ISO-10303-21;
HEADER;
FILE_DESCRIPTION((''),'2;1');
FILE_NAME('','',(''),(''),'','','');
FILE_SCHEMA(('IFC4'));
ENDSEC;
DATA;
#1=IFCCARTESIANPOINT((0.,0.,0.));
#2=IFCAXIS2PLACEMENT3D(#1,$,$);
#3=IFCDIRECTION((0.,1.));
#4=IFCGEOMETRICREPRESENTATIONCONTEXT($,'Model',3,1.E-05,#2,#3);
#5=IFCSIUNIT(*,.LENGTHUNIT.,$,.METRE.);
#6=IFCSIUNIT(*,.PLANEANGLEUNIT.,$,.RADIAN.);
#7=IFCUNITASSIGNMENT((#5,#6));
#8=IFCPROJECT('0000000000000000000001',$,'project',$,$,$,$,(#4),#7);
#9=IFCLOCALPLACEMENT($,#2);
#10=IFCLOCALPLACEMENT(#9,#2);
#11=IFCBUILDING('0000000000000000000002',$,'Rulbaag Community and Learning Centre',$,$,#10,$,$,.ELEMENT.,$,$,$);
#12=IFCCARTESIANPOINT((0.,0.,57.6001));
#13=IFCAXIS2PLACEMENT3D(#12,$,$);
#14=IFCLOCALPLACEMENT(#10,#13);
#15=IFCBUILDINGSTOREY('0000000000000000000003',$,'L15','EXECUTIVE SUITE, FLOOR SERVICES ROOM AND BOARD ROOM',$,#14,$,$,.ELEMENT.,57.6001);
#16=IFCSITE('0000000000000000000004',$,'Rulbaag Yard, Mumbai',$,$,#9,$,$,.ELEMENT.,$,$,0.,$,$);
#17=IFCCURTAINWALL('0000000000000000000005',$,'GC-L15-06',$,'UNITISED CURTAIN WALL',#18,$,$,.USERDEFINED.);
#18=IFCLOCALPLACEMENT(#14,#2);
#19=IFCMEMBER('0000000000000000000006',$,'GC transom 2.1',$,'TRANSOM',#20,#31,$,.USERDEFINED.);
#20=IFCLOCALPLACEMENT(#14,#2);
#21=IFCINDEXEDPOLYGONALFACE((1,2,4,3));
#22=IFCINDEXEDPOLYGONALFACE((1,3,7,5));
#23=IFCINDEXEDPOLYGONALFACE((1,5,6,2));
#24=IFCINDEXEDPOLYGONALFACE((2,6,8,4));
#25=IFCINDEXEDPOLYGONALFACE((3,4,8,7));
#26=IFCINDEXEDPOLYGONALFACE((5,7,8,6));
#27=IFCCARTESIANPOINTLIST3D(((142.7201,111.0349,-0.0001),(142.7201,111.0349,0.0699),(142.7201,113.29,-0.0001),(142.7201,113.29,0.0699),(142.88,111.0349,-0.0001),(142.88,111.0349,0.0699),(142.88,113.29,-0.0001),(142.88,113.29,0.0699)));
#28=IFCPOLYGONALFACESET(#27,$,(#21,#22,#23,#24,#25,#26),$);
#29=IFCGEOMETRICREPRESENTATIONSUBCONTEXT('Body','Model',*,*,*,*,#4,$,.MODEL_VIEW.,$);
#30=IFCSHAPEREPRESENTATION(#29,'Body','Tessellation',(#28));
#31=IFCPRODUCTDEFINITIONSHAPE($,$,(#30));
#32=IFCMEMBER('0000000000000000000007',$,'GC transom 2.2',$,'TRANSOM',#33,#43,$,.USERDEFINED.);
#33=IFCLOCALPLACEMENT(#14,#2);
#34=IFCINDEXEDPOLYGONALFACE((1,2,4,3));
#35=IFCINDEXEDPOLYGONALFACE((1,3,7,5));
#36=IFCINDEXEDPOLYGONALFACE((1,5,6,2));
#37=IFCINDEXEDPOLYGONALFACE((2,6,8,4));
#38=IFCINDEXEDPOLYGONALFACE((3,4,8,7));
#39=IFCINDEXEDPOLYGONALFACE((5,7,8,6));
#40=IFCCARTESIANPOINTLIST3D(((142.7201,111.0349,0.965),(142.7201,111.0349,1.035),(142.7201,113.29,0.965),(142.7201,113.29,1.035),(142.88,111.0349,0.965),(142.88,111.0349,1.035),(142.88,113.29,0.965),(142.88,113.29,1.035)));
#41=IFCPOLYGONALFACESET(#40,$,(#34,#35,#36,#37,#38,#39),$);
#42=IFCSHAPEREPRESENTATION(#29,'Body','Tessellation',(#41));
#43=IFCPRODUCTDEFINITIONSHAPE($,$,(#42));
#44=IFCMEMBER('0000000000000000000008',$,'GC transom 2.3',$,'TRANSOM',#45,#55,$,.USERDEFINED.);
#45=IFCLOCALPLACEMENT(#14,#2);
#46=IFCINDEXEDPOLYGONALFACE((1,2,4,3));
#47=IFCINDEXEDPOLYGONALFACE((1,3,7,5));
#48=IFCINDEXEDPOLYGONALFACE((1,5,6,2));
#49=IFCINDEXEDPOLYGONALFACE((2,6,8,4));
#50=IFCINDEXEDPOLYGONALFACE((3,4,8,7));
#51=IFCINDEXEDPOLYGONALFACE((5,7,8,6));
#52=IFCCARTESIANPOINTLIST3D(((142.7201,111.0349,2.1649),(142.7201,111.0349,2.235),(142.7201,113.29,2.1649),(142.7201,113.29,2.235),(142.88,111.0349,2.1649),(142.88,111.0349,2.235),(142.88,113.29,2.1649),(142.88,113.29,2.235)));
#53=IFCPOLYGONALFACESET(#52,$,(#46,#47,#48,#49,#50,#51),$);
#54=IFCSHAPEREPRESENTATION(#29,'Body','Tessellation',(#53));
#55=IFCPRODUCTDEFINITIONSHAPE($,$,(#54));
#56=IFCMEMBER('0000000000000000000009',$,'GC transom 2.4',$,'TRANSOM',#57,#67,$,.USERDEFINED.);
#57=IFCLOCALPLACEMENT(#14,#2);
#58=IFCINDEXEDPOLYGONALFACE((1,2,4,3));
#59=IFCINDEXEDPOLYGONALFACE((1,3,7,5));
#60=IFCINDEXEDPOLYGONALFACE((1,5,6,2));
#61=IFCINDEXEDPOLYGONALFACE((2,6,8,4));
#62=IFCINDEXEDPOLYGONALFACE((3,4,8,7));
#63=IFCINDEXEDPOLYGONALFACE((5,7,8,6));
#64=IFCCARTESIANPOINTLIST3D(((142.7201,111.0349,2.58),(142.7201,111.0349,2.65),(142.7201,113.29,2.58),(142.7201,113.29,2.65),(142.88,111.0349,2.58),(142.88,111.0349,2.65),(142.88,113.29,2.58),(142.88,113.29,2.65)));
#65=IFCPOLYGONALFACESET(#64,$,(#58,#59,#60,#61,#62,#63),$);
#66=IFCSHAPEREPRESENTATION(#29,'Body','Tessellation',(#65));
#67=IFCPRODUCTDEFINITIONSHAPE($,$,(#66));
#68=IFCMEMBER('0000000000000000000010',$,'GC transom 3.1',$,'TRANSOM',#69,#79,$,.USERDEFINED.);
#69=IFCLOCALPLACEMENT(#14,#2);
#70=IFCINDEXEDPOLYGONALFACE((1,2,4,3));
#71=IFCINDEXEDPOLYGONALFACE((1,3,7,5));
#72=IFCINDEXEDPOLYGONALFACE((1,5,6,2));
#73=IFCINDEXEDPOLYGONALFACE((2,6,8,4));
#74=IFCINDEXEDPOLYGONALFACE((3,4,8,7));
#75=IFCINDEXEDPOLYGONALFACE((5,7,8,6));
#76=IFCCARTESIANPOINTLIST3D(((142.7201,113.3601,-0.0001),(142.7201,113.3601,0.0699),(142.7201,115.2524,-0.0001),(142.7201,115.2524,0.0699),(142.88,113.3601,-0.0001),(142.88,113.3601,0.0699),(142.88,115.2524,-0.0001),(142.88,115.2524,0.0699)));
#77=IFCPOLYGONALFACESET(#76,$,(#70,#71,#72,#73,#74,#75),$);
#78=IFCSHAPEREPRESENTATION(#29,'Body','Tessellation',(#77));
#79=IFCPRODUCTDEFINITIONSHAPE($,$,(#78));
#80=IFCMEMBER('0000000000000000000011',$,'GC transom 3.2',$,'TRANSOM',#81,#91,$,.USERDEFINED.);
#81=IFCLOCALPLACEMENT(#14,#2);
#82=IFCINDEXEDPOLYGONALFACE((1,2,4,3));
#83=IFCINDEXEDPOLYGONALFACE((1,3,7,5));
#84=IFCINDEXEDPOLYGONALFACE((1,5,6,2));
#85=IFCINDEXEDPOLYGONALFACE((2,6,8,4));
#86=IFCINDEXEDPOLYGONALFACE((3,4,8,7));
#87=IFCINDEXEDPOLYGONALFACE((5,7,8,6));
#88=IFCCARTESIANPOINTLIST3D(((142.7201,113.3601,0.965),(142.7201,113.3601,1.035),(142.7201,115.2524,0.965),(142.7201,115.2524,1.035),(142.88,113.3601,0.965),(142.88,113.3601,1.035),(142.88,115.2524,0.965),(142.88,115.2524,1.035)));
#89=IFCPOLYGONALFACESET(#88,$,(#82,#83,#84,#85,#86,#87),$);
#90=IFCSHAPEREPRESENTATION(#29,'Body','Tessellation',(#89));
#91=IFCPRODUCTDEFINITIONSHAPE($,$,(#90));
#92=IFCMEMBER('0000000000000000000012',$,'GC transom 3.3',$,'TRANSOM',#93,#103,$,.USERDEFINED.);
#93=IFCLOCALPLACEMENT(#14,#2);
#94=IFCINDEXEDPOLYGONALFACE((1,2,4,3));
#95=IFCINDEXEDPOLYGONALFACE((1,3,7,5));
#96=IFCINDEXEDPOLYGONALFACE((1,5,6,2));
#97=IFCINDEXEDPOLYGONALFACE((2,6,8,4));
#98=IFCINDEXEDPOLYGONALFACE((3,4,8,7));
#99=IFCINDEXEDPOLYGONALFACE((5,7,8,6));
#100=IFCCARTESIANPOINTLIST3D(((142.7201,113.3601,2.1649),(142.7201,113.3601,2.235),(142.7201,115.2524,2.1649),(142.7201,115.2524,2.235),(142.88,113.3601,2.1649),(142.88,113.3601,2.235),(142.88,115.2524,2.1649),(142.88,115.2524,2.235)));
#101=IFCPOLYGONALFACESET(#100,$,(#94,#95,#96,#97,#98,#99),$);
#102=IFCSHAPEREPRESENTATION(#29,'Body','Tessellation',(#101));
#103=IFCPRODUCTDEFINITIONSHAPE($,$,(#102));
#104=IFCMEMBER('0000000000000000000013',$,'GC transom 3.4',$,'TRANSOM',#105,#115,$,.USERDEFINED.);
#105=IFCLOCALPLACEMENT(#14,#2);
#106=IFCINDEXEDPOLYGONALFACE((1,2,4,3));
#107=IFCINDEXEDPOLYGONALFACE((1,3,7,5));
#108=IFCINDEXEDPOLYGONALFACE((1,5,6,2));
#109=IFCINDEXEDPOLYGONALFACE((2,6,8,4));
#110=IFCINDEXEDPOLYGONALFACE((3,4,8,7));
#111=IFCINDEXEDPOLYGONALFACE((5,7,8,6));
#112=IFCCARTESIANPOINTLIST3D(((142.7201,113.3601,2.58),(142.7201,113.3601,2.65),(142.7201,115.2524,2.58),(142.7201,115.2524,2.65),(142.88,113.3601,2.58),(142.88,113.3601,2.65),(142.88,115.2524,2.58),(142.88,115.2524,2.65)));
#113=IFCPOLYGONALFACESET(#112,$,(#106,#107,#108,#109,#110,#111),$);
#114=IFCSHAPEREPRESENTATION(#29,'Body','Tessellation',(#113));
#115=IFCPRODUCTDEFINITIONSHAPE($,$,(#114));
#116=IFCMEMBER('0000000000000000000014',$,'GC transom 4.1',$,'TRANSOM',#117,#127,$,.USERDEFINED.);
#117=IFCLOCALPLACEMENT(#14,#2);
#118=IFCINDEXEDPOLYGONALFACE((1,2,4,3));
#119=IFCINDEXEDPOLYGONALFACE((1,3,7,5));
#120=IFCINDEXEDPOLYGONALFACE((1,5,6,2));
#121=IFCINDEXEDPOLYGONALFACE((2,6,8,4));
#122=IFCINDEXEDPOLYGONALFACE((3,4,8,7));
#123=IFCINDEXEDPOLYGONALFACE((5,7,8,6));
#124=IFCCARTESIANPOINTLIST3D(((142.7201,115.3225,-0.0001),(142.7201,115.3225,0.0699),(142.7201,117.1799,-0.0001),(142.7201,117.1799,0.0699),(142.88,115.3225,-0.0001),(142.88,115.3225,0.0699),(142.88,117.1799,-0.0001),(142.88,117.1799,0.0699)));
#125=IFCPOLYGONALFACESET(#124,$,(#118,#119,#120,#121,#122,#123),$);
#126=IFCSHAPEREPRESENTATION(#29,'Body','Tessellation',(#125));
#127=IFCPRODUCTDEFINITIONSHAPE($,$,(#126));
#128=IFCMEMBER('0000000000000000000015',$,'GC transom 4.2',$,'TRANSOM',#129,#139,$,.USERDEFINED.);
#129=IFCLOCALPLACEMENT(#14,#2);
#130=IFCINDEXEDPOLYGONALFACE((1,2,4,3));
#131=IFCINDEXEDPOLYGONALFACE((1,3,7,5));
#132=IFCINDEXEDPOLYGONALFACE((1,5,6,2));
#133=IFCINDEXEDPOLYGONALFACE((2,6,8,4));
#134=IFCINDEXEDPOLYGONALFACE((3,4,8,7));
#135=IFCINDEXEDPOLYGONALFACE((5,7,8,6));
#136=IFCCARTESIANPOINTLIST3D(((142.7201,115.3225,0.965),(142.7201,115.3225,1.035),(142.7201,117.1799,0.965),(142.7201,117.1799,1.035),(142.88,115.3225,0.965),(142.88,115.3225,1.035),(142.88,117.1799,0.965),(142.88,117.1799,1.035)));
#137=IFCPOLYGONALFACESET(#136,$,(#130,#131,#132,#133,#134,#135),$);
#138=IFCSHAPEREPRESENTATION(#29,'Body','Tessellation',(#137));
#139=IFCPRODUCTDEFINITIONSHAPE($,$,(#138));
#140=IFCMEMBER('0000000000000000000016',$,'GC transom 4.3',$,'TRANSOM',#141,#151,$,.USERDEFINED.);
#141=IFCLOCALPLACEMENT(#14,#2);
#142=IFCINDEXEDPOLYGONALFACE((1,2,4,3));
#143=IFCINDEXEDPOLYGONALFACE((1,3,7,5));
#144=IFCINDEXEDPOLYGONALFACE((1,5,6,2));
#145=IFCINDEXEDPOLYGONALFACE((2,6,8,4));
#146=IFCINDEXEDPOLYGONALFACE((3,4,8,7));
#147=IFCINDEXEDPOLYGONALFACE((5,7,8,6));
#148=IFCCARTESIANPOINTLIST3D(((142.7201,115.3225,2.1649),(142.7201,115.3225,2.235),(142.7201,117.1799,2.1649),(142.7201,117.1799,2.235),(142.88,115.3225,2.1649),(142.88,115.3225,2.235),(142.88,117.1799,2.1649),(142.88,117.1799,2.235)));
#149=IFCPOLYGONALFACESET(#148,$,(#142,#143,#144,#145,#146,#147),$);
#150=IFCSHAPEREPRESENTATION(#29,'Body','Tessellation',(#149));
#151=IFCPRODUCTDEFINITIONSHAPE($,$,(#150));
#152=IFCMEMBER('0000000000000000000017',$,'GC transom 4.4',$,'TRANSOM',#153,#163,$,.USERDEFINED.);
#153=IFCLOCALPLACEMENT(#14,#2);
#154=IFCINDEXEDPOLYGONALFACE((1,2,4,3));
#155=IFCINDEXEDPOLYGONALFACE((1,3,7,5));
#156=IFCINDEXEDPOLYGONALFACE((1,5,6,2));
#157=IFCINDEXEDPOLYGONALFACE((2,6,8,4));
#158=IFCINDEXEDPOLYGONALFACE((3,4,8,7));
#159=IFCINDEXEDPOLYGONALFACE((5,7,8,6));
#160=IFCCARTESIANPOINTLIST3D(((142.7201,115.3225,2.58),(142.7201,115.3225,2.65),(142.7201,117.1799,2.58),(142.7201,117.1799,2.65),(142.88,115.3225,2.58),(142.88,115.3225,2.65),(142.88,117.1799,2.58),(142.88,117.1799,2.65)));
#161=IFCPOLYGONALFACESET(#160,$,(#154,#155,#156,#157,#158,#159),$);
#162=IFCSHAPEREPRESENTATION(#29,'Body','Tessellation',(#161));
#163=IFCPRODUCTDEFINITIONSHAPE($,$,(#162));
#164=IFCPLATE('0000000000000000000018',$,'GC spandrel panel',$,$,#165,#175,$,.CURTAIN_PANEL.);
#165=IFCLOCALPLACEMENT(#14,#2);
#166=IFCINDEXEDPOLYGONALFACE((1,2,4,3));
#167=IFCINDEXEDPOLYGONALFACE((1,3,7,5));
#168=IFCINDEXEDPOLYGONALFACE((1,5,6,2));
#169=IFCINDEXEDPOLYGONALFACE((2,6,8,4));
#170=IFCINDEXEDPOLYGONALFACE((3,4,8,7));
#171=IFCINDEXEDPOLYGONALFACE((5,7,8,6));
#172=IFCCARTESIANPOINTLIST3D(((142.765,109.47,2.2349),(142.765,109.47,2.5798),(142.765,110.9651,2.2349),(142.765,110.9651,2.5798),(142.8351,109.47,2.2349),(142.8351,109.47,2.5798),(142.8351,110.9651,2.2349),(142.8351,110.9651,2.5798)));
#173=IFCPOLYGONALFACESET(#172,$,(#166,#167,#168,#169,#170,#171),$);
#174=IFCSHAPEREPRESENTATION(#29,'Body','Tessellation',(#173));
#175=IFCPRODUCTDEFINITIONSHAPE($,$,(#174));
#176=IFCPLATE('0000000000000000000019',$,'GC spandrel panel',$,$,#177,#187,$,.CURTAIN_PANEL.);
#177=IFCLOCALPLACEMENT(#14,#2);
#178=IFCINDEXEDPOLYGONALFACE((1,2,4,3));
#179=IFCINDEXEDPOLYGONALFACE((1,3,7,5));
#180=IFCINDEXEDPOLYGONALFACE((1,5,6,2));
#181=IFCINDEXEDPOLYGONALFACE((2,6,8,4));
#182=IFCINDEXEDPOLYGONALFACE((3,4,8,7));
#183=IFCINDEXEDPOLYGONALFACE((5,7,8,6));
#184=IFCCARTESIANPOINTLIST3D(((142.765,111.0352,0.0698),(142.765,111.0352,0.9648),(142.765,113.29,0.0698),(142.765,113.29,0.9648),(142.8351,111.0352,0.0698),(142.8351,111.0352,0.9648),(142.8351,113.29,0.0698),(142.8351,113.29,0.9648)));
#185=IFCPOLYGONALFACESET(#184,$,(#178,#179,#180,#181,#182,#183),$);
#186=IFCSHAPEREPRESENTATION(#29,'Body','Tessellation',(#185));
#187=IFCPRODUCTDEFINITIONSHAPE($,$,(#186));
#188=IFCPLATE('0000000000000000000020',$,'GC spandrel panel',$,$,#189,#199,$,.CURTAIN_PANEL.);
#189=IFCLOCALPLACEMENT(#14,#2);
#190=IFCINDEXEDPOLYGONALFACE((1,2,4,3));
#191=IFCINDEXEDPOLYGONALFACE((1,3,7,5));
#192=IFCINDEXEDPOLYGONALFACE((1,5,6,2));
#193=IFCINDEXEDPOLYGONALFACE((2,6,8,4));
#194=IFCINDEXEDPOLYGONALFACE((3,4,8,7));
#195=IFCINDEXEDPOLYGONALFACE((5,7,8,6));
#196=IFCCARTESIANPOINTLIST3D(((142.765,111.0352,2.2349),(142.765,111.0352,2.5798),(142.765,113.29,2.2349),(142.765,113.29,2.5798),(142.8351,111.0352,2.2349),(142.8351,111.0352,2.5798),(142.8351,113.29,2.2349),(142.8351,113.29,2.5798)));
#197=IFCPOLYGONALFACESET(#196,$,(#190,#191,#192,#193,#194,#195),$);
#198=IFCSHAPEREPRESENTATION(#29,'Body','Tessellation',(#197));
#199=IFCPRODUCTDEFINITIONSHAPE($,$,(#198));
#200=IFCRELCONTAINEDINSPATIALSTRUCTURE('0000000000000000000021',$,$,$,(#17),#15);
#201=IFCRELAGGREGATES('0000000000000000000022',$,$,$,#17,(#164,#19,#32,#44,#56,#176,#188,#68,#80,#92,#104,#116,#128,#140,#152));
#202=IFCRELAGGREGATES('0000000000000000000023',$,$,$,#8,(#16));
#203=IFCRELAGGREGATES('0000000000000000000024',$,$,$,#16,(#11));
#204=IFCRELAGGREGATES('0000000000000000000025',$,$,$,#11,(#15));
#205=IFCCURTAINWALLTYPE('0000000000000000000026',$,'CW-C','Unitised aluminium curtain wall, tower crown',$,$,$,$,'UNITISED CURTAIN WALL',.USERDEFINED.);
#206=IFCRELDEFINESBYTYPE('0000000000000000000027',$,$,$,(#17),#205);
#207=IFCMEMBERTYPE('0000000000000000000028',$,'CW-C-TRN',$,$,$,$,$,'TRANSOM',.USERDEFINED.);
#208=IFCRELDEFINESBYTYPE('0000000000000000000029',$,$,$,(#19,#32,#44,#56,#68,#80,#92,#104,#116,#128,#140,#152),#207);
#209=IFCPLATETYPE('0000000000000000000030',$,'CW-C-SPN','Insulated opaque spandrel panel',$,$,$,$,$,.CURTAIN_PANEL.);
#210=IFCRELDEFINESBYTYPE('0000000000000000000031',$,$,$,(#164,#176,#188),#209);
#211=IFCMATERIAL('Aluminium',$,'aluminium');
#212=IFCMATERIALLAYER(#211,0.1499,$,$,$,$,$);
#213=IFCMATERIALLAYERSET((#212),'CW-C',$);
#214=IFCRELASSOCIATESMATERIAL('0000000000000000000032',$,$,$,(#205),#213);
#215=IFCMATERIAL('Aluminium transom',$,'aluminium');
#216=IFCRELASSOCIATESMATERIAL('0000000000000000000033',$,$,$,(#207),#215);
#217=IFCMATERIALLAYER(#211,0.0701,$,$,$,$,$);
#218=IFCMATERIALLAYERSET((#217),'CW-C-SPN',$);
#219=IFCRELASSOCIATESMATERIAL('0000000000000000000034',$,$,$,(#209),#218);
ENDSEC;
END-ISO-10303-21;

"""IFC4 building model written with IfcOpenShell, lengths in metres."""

from ifc_helpers import new_model, si_unit, direction, frame, origin, origin_2d, place, context, subcontext, project, spatial, rectangle, extrude, material, layer, layer_set, material_profile, profile_set, type_object, element, aggregate, save


model = new_model("IFC4")

# Units and contexts
model_context = context("Model", 3, precision=1e-05, world=origin(), true_north=direction((0.0, 1.0)))
body_context = subcontext(model_context, "Body", "Model", "MODEL_VIEW")
ifc_project = project(units=[si_unit("LENGTHUNIT", "METRE"), si_unit("PLANEANGLEUNIT", "RADIAN")], contexts=[model_context])

# Site, building, storey
site_placement = place(None, origin())
site = spatial("IfcSite", under=ifc_project, at=site_placement, Name="Rulbaag Yard, Mumbai", CompositionType="ELEMENT", RefElevation=0.0)
building_placement = place(site_placement, origin())
building = spatial("IfcBuilding", under=site, at=building_placement, Name="Rulbaag Community and Learning Centre", CompositionType="ELEMENT")
storey_placement = place(building_placement, frame((0.0, 0.0, 57.6001)))
storey = spatial("IfcBuildingStorey", under=building, at=storey_placement, Name="L15", Description="EXECUTIVE SUITE, FLOOR SERVICES ROOM AND BOARD ROOM", CompositionType="ELEMENT", Elevation=57.6001)

# Curtain wall, members, plates
ifc_material_1 = material(Name="Aluminium", Category="aluminium")
ifc_layer_1 = layer(ifc_material_1, 0.1499)
ifc_layer_set_1 = layer_set([ifc_layer_1], Name="CW-C")
curtain_wall_type = type_object("IfcCurtainWallType", Name="CW-C", Description="Unitised aluminium curtain wall, tower crown", ElementType="UNITISED CURTAIN WALL", PredefinedType="USERDEFINED", material=ifc_layer_set_1)
curtain_wall_placement = place(storey_placement, origin())
curtain_wall = element("IfcCurtainWall", 1, at=curtain_wall_placement, inside=storey, type_object=curtain_wall_type, Name="GC-L15-06", ObjectType="UNITISED CURTAIN WALL", PredefinedType="USERDEFINED")
ifc_material_2 = material(Name="Aluminium transom", Category="aluminium")
ifc_material_profile = material_profile(ifc_material_2, rectangle(XDim=0.1599, YDim=0.0701, at=origin_2d()), Name="AL 70x160 T")
ifc_profile_set = profile_set([ifc_material_profile], Name="Aluminium transom")
member_type = type_object("IfcMemberType", Name="CW-C-TRN", ElementType="TRANSOM", PredefinedType="USERDEFINED", material=ifc_profile_set)
member_1_placement = place(storey_placement, frame((142.8, 111.0349, 0.0349), z_axis=(0.0, 1.0, 0.0), x_axis=(-1.0, 0.0, 0.0)))
member_1 = element("IfcMember", 2, at=member_1_placement, type_object=member_type, Name="GC transom 2.1", ObjectType="TRANSOM", PredefinedType="USERDEFINED", context=body_context, shape_type="SweptSolid", body=[
    extrude(rectangle(XDim=0.1599, YDim=0.0701, at=origin_2d()), origin(), (0.0, 0.0, 1.0), 2.2551),
])
member_2_placement = place(storey_placement, frame((142.8, 111.0349, 1.0), z_axis=(0.0, 1.0, 0.0), x_axis=(-1.0, 0.0, 0.0)))
member_2 = element("IfcMember", 3, at=member_2_placement, type_object=member_type, Name="GC transom 2.2", ObjectType="TRANSOM", PredefinedType="USERDEFINED", context=body_context, shape_type="SweptSolid", body=[
    extrude(rectangle(XDim=0.1599, YDim=0.0701, at=origin_2d()), origin(), (0.0, 0.0, 1.0), 2.2551),
])
member_3_placement = place(storey_placement, frame((142.8, 111.0349, 2.2), z_axis=(0.0, 1.0, 0.0), x_axis=(-1.0, 0.0, 0.0)))
member_3 = element("IfcMember", 4, at=member_3_placement, type_object=member_type, Name="GC transom 2.3", ObjectType="TRANSOM", PredefinedType="USERDEFINED", context=body_context, shape_type="SweptSolid", body=[
    extrude(rectangle(XDim=0.1599, YDim=0.0701, at=origin_2d()), origin(), (0.0, 0.0, 1.0), 2.2551),
])
member_4_placement = place(storey_placement, frame((142.8, 111.0349, 2.615), z_axis=(0.0, 1.0, 0.0), x_axis=(-1.0, 0.0, 0.0)))
member_4 = element("IfcMember", 5, at=member_4_placement, type_object=member_type, Name="GC transom 2.4", ObjectType="TRANSOM", PredefinedType="USERDEFINED", context=body_context, shape_type="SweptSolid", body=[
    extrude(rectangle(XDim=0.1599, YDim=0.0701, at=origin_2d()), origin(), (0.0, 0.0, 1.0), 2.2551),
])
member_5_placement = place(storey_placement, frame((142.8, 113.3601, 0.0349), z_axis=(0.0, 1.0, 0.0), x_axis=(-1.0, 0.0, 0.0)))
member_5 = element("IfcMember", 6, at=member_5_placement, type_object=member_type, Name="GC transom 3.1", ObjectType="TRANSOM", PredefinedType="USERDEFINED", context=body_context, shape_type="SweptSolid", body=[
    extrude(rectangle(XDim=0.1599, YDim=0.0701, at=origin_2d()), origin(), (0.0, 0.0, 1.0), 1.8923),
])
member_6_placement = place(storey_placement, frame((142.8, 113.3601, 1.0), z_axis=(0.0, 1.0, 0.0), x_axis=(-1.0, 0.0, 0.0)))
member_6 = element("IfcMember", 7, at=member_6_placement, type_object=member_type, Name="GC transom 3.2", ObjectType="TRANSOM", PredefinedType="USERDEFINED", context=body_context, shape_type="SweptSolid", body=[
    extrude(rectangle(XDim=0.1599, YDim=0.0701, at=origin_2d()), origin(), (0.0, 0.0, 1.0), 1.8923),
])
member_7_placement = place(storey_placement, frame((142.8, 113.3601, 2.2), z_axis=(0.0, 1.0, 0.0), x_axis=(-1.0, 0.0, 0.0)))
member_7 = element("IfcMember", 8, at=member_7_placement, type_object=member_type, Name="GC transom 3.3", ObjectType="TRANSOM", PredefinedType="USERDEFINED", context=body_context, shape_type="SweptSolid", body=[
    extrude(rectangle(XDim=0.1599, YDim=0.0701, at=origin_2d()), origin(), (0.0, 0.0, 1.0), 1.8923),
])
member_8_placement = place(storey_placement, frame((142.8, 113.3601, 2.615), z_axis=(0.0, 1.0, 0.0), x_axis=(-1.0, 0.0, 0.0)))
member_8 = element("IfcMember", 9, at=member_8_placement, type_object=member_type, Name="GC transom 3.4", ObjectType="TRANSOM", PredefinedType="USERDEFINED", context=body_context, shape_type="SweptSolid", body=[
    extrude(rectangle(XDim=0.1599, YDim=0.0701, at=origin_2d()), origin(), (0.0, 0.0, 1.0), 1.8923),
])
member_9_placement = place(storey_placement, frame((142.8, 115.3225, 0.0349), z_axis=(0.0, 1.0, 0.0), x_axis=(-1.0, 0.0, 0.0)))
member_9 = element("IfcMember", 10, at=member_9_placement, type_object=member_type, Name="GC transom 4.1", ObjectType="TRANSOM", PredefinedType="USERDEFINED", context=body_context, shape_type="SweptSolid", body=[
    extrude(rectangle(XDim=0.1599, YDim=0.0701, at=origin_2d()), origin(), (0.0, 0.0, 1.0), 1.8574),
])
member_10_placement = place(storey_placement, frame((142.8, 115.3225, 1.0), z_axis=(0.0, 1.0, 0.0), x_axis=(-1.0, 0.0, 0.0)))
member_10 = element("IfcMember", 11, at=member_10_placement, type_object=member_type, Name="GC transom 4.2", ObjectType="TRANSOM", PredefinedType="USERDEFINED", context=body_context, shape_type="SweptSolid", body=[
    extrude(rectangle(XDim=0.1599, YDim=0.0701, at=origin_2d()), origin(), (0.0, 0.0, 1.0), 1.8574),
])
member_11_placement = place(storey_placement, frame((142.8, 115.3225, 2.2), z_axis=(0.0, 1.0, 0.0), x_axis=(-1.0, 0.0, 0.0)))
member_11 = element("IfcMember", 12, at=member_11_placement, type_object=member_type, Name="GC transom 4.3", ObjectType="TRANSOM", PredefinedType="USERDEFINED", context=body_context, shape_type="SweptSolid", body=[
    extrude(rectangle(XDim=0.1599, YDim=0.0701, at=origin_2d()), origin(), (0.0, 0.0, 1.0), 1.8574),
])
member_12_placement = place(storey_placement, frame((142.8, 115.3225, 2.615), z_axis=(0.0, 1.0, 0.0), x_axis=(-1.0, 0.0, 0.0)))
member_12 = element("IfcMember", 13, at=member_12_placement, type_object=member_type, Name="GC transom 4.4", ObjectType="TRANSOM", PredefinedType="USERDEFINED", context=body_context, shape_type="SweptSolid", body=[
    extrude(rectangle(XDim=0.1599, YDim=0.0701, at=origin_2d()), origin(), (0.0, 0.0, 1.0), 1.8574),
])
ifc_layer_2 = layer(ifc_material_1, 0.0701)
ifc_layer_set_2 = layer_set([ifc_layer_2], Name="CW-C-SPN")
plate_type_1 = type_object("IfcPlateType", Name="CW-C-SPN", Description="Insulated opaque spandrel panel", PredefinedType="CURTAIN_PANEL", material=ifc_layer_set_2)
plate_1_placement = place(storey_placement, frame((142.8, 110.2175, 2.2349), z_axis=(0.0, 0.0, 1.0), x_axis=(0.0, 1.0, 0.0)))
plate_1 = element("IfcPlate", 14, at=plate_1_placement, type_object=plate_type_1, Name="GC spandrel panel", PredefinedType="CURTAIN_PANEL", context=body_context, shape_type="SweptSolid", body=[
    extrude(rectangle(XDim=1.4951, YDim=0.0701, at=origin_2d()), origin(), (0.0, 0.0, 1.0), 0.345),
])
plate_2_placement = place(storey_placement, frame((142.8, 112.1626, 0.0698), z_axis=(0.0, 0.0, 1.0), x_axis=(0.0, 1.0, 0.0)))
plate_2 = element("IfcPlate", 15, at=plate_2_placement, type_object=plate_type_1, Name="GC spandrel panel", PredefinedType="CURTAIN_PANEL", context=body_context, shape_type="SweptSolid", body=[
    extrude(rectangle(XDim=2.2549, YDim=0.0701, at=origin_2d()), origin(), (0.0, 0.0, 1.0), 0.895),
])
plate_3_placement = place(storey_placement, frame((142.8, 112.1626, 2.2349), z_axis=(0.0, 0.0, 1.0), x_axis=(0.0, 1.0, 0.0)))
plate_3 = element("IfcPlate", 16, at=plate_3_placement, type_object=plate_type_1, Name="GC spandrel panel", PredefinedType="CURTAIN_PANEL", context=body_context, shape_type="SweptSolid", body=[
    extrude(rectangle(XDim=2.2549, YDim=0.0701, at=origin_2d()), origin(), (0.0, 0.0, 1.0), 0.345),
])
aggregate(curtain_wall, [plate_1, member_1, member_2, member_3, member_4, plate_2, plate_3, member_5, member_6, member_7, member_8, member_9, member_10, member_11, member_12])

save(model, "model.ifc")
